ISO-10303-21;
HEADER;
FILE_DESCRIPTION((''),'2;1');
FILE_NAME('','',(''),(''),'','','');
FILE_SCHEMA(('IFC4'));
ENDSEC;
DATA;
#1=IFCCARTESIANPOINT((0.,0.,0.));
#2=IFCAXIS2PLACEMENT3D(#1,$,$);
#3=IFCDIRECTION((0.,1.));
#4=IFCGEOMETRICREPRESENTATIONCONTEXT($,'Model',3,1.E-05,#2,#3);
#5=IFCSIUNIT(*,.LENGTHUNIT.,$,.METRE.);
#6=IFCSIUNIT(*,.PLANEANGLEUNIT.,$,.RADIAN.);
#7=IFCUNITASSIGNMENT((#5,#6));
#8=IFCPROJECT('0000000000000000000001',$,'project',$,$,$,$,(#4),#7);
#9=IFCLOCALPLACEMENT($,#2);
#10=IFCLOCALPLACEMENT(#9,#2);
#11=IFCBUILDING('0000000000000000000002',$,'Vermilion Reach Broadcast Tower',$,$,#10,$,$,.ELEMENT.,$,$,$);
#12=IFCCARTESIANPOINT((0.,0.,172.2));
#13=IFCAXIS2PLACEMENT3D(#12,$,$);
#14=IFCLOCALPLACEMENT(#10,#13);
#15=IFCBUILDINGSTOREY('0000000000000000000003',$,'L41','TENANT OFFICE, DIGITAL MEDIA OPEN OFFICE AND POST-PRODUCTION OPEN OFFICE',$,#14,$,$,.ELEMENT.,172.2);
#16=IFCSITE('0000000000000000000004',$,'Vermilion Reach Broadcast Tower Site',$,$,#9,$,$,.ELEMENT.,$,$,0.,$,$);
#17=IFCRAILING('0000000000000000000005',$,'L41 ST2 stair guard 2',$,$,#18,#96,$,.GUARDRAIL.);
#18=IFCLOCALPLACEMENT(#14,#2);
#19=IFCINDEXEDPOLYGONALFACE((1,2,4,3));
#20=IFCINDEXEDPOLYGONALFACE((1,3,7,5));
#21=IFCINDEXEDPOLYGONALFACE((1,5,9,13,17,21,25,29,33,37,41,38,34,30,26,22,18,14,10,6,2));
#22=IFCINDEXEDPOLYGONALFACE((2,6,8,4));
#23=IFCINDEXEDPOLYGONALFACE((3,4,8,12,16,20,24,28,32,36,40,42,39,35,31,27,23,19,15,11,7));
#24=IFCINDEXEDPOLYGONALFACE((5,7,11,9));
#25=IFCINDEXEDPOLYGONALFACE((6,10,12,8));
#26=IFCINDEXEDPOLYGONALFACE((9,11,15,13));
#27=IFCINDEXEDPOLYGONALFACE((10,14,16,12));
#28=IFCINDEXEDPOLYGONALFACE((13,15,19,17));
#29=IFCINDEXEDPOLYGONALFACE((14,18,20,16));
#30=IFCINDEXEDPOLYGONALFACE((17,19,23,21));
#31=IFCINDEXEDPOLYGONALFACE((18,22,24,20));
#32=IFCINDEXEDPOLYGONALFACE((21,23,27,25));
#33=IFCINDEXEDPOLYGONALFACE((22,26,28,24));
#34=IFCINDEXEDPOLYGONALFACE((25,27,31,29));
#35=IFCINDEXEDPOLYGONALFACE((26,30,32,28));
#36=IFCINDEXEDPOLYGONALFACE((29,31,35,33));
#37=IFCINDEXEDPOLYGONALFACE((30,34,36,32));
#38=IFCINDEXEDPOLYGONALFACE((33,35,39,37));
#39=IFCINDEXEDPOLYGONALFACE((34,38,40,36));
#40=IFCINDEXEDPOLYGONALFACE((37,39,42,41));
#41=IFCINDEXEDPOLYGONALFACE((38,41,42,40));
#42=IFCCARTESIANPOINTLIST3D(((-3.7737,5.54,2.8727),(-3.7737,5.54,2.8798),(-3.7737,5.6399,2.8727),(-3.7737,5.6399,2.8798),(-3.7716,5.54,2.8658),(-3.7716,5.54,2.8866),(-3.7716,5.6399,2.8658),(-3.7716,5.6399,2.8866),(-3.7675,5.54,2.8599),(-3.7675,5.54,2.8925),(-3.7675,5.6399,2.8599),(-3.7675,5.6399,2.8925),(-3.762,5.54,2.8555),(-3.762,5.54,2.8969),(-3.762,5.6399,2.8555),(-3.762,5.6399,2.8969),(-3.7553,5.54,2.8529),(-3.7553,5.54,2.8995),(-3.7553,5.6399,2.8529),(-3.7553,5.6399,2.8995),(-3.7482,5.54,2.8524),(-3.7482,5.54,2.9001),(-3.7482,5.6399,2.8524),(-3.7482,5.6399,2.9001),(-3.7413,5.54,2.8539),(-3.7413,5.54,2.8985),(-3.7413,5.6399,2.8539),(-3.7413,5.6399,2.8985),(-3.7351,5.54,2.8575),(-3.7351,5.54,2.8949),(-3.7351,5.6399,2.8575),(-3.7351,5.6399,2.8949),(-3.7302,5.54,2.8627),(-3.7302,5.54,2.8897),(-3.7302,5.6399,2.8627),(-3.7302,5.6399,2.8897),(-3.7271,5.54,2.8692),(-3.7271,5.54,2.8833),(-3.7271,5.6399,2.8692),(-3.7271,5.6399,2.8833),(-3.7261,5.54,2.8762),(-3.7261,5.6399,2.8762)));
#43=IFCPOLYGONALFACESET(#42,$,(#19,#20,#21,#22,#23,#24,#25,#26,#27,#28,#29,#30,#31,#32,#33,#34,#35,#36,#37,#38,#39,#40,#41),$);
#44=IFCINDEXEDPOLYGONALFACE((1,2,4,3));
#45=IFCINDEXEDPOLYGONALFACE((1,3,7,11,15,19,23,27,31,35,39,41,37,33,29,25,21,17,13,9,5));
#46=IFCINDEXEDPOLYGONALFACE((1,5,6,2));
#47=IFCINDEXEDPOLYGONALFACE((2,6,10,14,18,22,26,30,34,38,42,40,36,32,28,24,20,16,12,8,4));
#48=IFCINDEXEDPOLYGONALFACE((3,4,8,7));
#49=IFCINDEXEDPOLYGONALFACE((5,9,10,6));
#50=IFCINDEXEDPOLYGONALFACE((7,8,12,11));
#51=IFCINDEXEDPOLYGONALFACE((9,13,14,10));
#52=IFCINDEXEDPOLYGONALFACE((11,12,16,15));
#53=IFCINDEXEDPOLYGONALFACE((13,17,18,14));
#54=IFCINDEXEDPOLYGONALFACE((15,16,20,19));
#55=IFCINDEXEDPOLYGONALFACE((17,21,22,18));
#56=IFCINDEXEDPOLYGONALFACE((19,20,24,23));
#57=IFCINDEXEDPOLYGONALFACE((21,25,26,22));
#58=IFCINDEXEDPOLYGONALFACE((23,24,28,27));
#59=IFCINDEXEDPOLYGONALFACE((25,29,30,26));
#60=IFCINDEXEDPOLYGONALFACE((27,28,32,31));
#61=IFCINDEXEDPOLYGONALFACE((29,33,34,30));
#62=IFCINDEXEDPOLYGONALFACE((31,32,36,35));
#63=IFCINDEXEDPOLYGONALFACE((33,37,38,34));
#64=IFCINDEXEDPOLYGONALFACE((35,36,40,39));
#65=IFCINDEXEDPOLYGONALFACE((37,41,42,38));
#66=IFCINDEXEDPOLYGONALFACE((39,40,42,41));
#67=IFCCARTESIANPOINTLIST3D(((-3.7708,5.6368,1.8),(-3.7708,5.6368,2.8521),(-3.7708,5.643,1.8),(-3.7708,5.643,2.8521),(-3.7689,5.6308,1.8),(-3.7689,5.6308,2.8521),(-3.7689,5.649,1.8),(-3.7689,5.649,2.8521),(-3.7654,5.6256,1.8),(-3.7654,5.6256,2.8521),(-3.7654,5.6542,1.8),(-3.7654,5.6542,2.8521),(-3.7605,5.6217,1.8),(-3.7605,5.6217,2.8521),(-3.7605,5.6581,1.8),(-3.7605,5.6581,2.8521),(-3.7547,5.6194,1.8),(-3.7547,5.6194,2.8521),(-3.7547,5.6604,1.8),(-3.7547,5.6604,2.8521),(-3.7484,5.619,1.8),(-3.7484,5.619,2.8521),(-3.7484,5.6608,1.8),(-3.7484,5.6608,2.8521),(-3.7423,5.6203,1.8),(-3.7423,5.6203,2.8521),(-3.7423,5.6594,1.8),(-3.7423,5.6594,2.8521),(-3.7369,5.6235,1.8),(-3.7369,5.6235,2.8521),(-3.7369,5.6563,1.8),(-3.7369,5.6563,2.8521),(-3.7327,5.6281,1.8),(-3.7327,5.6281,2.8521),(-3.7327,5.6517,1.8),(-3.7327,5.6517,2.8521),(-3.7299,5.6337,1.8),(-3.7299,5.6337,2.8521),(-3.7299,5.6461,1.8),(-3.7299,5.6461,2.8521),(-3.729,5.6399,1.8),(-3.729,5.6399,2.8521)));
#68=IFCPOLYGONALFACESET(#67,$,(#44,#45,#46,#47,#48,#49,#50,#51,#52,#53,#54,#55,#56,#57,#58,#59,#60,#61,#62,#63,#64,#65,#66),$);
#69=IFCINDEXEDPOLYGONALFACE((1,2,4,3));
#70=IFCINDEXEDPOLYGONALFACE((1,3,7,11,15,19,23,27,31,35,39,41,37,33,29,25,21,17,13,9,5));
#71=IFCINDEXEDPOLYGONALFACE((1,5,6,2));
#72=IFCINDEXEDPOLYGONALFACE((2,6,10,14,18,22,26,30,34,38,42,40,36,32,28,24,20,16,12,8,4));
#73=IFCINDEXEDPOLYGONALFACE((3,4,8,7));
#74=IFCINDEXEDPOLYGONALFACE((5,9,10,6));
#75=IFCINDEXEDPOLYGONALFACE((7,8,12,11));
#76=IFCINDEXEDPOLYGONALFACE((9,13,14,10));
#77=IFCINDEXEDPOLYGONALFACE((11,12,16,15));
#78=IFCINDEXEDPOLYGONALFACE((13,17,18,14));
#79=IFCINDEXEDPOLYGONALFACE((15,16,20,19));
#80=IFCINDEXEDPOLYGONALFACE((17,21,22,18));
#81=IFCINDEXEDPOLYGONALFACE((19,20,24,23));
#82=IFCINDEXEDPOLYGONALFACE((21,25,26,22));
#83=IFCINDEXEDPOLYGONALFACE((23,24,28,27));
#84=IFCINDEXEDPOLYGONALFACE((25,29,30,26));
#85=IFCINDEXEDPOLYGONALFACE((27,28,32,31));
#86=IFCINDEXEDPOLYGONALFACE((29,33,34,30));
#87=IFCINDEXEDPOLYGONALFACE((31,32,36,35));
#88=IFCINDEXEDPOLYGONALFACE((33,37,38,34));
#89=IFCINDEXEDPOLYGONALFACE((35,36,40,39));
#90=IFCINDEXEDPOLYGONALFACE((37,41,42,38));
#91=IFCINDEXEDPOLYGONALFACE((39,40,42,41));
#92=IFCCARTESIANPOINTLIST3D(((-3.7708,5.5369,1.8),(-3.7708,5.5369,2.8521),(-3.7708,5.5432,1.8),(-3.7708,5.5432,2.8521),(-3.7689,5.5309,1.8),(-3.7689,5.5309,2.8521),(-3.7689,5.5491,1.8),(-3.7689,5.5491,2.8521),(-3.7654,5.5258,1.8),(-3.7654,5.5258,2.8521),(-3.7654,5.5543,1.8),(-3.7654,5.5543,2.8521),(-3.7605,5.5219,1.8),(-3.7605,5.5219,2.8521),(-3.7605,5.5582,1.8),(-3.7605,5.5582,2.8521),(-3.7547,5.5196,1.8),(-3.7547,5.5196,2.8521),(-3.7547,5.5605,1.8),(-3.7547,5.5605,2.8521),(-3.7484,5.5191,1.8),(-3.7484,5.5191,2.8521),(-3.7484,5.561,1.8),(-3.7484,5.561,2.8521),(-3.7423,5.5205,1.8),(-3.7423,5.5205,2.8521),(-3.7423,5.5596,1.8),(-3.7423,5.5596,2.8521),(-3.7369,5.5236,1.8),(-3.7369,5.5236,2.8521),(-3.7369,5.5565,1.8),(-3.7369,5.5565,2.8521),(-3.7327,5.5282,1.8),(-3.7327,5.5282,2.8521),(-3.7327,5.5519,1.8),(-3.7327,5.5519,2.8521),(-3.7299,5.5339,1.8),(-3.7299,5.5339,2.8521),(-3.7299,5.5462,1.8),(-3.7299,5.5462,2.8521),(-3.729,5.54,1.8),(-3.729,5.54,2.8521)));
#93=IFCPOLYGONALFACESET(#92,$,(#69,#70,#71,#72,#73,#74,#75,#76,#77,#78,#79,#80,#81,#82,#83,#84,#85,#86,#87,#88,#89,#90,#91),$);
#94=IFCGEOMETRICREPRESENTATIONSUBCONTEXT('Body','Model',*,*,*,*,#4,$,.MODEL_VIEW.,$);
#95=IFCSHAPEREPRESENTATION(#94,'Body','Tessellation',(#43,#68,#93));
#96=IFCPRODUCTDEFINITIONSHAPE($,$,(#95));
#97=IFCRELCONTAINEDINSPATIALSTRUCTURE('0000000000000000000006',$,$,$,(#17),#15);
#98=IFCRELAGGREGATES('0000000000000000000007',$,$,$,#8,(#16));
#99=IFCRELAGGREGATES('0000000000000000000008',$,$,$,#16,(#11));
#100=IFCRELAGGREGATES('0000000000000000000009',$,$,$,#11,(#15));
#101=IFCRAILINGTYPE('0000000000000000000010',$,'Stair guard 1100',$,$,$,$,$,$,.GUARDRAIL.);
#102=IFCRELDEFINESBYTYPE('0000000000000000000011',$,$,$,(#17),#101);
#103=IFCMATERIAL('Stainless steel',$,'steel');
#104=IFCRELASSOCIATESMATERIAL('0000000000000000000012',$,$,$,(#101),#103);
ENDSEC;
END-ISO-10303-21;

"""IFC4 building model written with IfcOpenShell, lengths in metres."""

from ifc_helpers import new_model, si_unit, direction, frame, origin, origin_2d, place, context, subcontext, project, spatial, circle, extrude, material, type_object, element, save


model = new_model("IFC4")

# Units and contexts
model_context = context("Model", 3, precision=1e-05, world=origin(), true_north=direction((0.0, 1.0)))
body_context = subcontext(model_context, "Body", "Model", "MODEL_VIEW")
ifc_project = project(units=[si_unit("LENGTHUNIT", "METRE"), si_unit("PLANEANGLEUNIT", "RADIAN")], contexts=[model_context])

# Site, building, storey
site_placement = place(None, origin())
site = spatial("IfcSite", under=ifc_project, at=site_placement, Name="Vermilion Reach Broadcast Tower Site", CompositionType="ELEMENT", RefElevation=0.0)
building_placement = place(site_placement, origin())
building = spatial("IfcBuilding", under=site, at=building_placement, Name="Vermilion Reach Broadcast Tower", CompositionType="ELEMENT")
storey_placement = place(building_placement, frame((0.0, 0.0, 172.2)))
storey = spatial("IfcBuildingStorey", under=building, at=storey_placement, Name="L41", Description="TENANT OFFICE, DIGITAL MEDIA OPEN OFFICE AND POST-PRODUCTION OPEN OFFICE", CompositionType="ELEMENT", Elevation=172.2)

# Railing
ifc_material_1 = material(Name="Stainless steel", Category="steel")
railing_type_1 = type_object("IfcRailingType", Name="Stair guard 1100", PredefinedType="GUARDRAIL", material=ifc_material_1)
railing_1_placement = place(storey_placement, frame((-3.75, 5.6399, 1.8)))
element("IfcRailing", 1, at=railing_1_placement, inside=storey, type_object=railing_type_1, Name="L41 ST2 stair guard 2", PredefinedType="GUARDRAIL", context=body_context, shape_type="SweptSolid", body=[
    extrude(circle(Radius=0.0239, at=origin_2d()), frame((0.0, 0.0, 1.0762), z_axis=(0.0, -1.0, 0.0), x_axis=(1.0, 0.0, 0.0)), (0.0, 0.0, 1.0), 0.0999),
    extrude(circle(Radius=0.021, at=origin_2d()), origin(), (0.0, 0.0, 1.0), 1.052),
    extrude(circle(Radius=0.021, at=origin_2d()), frame((0.0, -0.0999, 0.0)), (0.0, 0.0, 1.0), 1.052),
])

save(model, "model.ifc")
